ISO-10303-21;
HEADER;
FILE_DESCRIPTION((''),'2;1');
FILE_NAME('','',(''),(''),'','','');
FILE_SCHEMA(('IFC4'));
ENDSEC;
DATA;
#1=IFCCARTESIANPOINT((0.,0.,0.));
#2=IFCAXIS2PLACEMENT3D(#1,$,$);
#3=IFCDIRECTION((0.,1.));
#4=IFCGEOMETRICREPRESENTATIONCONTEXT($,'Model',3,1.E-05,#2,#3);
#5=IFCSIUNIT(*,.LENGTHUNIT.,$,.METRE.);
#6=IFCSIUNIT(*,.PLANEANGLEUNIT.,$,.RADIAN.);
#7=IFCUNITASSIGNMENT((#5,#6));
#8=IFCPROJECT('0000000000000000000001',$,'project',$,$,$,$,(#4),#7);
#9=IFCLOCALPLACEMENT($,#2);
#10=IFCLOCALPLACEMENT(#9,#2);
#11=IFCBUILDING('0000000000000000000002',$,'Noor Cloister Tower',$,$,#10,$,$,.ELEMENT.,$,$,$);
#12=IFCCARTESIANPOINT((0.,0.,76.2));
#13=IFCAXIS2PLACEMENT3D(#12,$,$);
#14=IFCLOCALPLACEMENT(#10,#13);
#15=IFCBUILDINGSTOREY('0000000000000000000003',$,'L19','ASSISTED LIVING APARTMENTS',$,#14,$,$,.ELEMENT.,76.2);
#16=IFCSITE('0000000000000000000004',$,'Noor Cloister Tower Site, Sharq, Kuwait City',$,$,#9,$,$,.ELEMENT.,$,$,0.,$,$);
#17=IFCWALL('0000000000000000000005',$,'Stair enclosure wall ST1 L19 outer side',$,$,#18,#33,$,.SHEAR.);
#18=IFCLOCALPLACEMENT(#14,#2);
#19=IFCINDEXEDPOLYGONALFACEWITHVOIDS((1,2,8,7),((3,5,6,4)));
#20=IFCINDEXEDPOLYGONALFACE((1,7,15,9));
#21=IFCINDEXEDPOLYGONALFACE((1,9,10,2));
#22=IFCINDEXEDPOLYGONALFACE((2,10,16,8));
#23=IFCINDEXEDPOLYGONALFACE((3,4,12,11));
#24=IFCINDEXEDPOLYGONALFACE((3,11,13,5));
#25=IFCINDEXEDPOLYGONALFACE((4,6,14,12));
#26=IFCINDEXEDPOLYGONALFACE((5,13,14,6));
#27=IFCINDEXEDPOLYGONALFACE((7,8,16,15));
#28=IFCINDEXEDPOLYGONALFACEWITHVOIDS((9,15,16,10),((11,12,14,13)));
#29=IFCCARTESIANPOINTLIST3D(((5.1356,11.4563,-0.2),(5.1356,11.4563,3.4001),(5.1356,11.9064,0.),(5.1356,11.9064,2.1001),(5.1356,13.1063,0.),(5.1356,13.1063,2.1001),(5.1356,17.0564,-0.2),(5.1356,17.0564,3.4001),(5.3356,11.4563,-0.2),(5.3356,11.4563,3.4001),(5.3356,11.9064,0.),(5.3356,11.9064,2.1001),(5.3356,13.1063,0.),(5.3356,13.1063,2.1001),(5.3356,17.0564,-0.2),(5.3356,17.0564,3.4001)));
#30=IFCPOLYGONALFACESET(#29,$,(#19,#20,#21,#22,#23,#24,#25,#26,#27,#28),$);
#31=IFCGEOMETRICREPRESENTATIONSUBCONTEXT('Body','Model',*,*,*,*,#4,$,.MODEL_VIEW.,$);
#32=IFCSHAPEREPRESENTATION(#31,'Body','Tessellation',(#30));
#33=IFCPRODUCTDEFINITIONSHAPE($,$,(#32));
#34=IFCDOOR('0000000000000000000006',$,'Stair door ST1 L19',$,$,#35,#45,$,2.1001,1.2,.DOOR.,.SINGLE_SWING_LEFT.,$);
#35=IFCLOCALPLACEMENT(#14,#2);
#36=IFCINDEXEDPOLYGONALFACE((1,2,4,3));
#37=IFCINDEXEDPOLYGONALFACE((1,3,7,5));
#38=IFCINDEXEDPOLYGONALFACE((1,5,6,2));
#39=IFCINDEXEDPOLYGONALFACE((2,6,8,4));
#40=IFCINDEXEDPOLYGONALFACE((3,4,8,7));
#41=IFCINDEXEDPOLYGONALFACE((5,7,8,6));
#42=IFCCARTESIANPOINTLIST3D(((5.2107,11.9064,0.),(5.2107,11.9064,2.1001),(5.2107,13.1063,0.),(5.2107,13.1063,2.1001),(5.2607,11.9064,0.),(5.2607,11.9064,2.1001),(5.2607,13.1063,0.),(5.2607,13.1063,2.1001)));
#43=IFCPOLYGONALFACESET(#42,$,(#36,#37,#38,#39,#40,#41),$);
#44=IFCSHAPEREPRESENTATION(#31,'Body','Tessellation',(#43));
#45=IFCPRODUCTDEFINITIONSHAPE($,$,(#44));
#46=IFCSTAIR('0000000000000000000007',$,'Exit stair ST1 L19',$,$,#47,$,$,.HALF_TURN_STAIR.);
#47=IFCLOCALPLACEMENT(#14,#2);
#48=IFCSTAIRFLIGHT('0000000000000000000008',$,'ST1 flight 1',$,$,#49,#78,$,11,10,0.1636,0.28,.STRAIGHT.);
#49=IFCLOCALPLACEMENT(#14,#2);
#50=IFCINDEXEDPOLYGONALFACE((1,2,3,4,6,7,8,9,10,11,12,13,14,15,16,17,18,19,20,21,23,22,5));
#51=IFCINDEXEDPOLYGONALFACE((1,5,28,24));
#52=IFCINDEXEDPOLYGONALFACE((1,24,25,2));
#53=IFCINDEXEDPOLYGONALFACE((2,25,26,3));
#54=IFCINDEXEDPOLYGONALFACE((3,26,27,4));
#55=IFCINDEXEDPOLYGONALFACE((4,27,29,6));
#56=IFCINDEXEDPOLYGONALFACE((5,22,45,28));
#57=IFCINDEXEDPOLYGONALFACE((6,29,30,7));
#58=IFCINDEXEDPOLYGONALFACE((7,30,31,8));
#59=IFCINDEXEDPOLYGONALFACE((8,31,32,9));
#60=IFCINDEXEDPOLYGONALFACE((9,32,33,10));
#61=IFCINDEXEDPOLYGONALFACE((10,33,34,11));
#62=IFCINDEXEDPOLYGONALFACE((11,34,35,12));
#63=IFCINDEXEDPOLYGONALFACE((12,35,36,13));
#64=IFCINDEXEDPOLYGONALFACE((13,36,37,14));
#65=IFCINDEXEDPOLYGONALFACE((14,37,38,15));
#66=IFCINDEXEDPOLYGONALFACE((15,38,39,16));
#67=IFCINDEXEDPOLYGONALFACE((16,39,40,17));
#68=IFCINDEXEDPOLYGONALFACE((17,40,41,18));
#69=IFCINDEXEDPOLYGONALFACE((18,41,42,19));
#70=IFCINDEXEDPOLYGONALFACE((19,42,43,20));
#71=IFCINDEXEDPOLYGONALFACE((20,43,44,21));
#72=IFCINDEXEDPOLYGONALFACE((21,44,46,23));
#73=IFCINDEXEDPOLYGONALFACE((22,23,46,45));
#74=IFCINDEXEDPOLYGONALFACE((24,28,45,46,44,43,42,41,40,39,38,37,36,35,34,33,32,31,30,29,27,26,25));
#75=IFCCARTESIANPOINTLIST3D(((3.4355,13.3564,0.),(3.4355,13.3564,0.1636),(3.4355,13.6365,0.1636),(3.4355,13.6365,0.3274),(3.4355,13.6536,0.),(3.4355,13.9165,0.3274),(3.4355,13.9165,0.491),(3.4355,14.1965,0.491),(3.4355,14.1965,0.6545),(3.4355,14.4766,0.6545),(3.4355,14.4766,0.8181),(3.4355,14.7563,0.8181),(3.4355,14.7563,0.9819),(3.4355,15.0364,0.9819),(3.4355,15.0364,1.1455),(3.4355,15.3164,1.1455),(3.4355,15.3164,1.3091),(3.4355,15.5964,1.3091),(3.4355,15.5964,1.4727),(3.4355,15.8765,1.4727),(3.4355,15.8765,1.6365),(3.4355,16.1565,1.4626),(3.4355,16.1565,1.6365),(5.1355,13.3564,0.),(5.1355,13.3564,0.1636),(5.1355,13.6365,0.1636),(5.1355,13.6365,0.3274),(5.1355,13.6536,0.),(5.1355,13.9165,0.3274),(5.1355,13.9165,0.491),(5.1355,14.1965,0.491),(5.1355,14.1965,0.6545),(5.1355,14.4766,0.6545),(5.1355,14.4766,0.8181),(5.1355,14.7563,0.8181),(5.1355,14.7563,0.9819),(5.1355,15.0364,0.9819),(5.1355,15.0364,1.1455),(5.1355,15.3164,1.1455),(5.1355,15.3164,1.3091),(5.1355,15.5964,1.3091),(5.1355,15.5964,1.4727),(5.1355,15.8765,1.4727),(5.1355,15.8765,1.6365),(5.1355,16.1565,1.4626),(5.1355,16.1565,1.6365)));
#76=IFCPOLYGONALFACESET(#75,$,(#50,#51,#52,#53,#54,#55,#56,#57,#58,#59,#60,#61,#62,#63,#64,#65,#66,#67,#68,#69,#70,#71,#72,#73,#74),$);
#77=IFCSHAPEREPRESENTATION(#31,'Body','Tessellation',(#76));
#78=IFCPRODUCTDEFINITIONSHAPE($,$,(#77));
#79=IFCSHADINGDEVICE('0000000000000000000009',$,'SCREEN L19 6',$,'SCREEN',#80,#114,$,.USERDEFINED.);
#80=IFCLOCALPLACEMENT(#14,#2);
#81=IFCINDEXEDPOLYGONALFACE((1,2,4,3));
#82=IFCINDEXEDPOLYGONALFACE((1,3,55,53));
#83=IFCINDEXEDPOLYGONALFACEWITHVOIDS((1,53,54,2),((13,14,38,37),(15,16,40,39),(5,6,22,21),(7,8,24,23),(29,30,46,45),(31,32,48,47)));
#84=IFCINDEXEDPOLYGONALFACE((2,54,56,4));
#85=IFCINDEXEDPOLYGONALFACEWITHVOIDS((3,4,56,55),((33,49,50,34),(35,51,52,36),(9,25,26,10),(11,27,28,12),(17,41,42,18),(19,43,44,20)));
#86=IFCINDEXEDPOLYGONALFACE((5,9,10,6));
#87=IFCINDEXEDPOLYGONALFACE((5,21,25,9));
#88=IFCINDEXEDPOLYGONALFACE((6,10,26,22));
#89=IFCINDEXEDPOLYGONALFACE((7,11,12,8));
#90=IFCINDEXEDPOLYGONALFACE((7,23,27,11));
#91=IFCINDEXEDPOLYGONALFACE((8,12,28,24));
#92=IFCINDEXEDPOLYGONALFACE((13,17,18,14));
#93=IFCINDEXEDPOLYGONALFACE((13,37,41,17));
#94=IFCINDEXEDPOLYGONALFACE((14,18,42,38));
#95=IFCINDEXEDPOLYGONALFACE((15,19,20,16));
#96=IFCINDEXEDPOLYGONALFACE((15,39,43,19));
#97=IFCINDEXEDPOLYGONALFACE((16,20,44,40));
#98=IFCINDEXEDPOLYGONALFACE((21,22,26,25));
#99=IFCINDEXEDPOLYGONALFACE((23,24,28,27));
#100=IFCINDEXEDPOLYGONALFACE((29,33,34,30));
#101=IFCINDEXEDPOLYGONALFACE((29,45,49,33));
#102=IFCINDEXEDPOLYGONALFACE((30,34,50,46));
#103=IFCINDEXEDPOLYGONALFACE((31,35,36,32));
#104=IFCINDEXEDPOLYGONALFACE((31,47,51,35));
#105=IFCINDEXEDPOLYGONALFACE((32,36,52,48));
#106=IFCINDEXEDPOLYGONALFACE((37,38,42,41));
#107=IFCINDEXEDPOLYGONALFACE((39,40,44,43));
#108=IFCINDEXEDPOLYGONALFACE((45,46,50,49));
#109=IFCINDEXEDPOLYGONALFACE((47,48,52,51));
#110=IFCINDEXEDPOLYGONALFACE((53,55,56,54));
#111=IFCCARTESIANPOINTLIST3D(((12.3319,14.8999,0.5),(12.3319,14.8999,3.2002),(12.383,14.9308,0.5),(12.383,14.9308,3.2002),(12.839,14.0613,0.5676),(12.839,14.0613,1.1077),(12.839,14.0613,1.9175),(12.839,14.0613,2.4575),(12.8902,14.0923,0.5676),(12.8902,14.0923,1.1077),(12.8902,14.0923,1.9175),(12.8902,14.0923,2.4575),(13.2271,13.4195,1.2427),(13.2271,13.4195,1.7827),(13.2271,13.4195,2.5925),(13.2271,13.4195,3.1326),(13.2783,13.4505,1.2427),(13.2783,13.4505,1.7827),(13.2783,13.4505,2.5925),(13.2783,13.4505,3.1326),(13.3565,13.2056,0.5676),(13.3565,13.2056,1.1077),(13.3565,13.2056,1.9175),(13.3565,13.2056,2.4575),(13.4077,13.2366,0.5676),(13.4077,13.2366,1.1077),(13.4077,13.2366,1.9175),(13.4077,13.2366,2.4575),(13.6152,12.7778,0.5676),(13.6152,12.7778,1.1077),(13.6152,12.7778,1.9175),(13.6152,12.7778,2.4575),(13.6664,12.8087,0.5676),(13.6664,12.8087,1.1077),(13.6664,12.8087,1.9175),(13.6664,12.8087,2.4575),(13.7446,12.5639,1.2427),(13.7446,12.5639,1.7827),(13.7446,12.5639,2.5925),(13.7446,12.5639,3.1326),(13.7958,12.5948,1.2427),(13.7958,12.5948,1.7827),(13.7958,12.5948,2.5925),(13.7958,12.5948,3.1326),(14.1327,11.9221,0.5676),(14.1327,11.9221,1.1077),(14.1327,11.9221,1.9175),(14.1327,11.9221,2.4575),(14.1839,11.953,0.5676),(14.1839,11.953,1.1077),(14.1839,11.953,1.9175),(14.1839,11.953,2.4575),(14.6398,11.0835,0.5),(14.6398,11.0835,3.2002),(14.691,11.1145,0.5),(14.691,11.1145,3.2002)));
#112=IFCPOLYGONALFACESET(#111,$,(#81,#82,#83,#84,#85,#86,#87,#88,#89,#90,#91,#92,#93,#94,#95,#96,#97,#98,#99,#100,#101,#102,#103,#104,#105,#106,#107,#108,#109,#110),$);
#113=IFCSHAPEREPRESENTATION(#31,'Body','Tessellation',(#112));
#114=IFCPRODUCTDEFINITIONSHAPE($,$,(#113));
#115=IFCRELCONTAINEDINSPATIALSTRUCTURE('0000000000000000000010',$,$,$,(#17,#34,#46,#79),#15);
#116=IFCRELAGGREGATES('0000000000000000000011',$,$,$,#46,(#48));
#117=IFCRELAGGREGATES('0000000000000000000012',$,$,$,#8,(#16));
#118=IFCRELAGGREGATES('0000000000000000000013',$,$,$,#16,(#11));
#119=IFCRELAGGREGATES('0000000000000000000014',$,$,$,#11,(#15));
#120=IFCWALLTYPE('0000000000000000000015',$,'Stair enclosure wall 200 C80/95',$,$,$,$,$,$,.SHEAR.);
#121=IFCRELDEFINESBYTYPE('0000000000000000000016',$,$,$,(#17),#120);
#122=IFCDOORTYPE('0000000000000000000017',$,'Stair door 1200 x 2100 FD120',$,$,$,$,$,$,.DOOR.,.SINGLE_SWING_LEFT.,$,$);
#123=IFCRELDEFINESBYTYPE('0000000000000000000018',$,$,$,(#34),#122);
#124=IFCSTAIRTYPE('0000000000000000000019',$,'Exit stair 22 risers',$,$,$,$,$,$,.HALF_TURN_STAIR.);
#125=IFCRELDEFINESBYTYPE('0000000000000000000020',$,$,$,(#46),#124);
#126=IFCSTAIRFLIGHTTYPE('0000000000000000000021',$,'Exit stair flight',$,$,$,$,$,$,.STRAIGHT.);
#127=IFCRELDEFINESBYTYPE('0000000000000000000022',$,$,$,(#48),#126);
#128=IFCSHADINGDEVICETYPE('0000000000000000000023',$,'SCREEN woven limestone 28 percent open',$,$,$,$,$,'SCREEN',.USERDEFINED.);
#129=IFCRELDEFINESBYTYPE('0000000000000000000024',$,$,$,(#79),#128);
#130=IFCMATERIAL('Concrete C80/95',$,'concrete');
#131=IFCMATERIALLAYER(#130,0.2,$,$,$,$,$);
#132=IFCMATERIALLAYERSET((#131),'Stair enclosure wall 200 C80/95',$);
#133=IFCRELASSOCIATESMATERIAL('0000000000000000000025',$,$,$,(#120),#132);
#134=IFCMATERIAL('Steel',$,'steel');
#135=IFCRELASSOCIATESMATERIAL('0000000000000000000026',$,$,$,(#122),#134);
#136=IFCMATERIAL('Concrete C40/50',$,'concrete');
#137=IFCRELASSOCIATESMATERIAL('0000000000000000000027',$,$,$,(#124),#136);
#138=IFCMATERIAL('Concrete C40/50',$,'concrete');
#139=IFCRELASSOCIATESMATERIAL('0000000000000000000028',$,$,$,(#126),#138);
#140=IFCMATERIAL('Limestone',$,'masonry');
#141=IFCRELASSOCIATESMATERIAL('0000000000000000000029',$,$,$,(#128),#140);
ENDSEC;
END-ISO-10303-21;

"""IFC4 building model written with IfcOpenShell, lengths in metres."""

from ifc_helpers import new_model, si_unit, direction, frame, frame_2d, origin, place, context, subcontext, project, spatial, polyline, rectangle, outline, extrude, material, layer, layer_set, material_profile, profile_set, type_object, element, fill, aggregate, save


model = new_model("IFC4")

# Units and contexts
model_context = context("Model", 3, precision=1e-05, world=origin(), true_north=direction((0.0, 1.0)))
body_context = subcontext(model_context, "Body", "Model", "MODEL_VIEW")
ifc_project = project(units=[si_unit("LENGTHUNIT", "METRE"), si_unit("PLANEANGLEUNIT", "RADIAN")], contexts=[model_context])

# Site, building, storey
site_placement = place(None, origin())
site = spatial("IfcSite", under=ifc_project, at=site_placement, Name="Noor Cloister Tower Site, Sharq, Kuwait City", CompositionType="ELEMENT", RefElevation=0.0)
building_placement = place(site_placement, origin())
building = spatial("IfcBuilding", under=site, at=building_placement, Name="Noor Cloister Tower", CompositionType="ELEMENT")
storey_placement = place(building_placement, frame((0.0, 0.0, 76.2)))
storey = spatial("IfcBuildingStorey", under=building, at=storey_placement, Name="L19", Description="ASSISTED LIVING APARTMENTS", CompositionType="ELEMENT", Elevation=76.2)

# Wall, opening, door
ifc_material_1 = material(Name="Concrete C80/95", Category="concrete")
ifc_layer_1 = layer(ifc_material_1, 0.2)
ifc_layer_set_1 = layer_set([ifc_layer_1], Name="Stair enclosure wall 200 C80/95")
wall_type_1 = type_object("IfcWallType", Name="Stair enclosure wall 200 C80/95", PredefinedType="SHEAR", material=ifc_layer_set_1)
ifc_material_2 = material(Name="Steel", Category="steel")
door_type_1 = type_object("IfcDoorType", Name="Stair door 1200 x 2100 FD120", OperationType="SINGLE_SWING_LEFT", PredefinedType="DOOR", material=ifc_material_2)
wall_1_placement = place(storey_placement, frame((5.2356, 11.4563, -0.2), z_axis=(0.0, 0.0, 1.0), x_axis=(0.0, 1.0, 0.0)))
wall_1 = element("IfcWall", 1, at=wall_1_placement, inside=storey, type_object=wall_type_1, Name="Stair enclosure wall ST1 L19 outer side", PredefinedType="SHEAR", context=body_context, shape_type="SweptSolid", body=[
    extrude(rectangle(XDim=5.6001, YDim=0.2, at=frame_2d((2.8, 0.0))), origin(), (0.0, 0.0, 1.0), 3.6001),
])
opening_1_placement = place(wall_1_placement, frame((0.45, 0.0, 0.2)))
opening_1 = element("IfcOpeningElement", 2, at=opening_1_placement, cuts=wall_1, PredefinedType="OPENING", context=body_context, shape_type="SweptSolid", body=[
    extrude(rectangle(XDim=1.2, YDim=2.1001, at=frame_2d((0.6001, 1.05))), frame((0.0, 0.1099, 0.0), z_axis=(0.0, -1.0, 0.0), x_axis=(1.0, 0.0, 0.0)), (0.0, 0.0, 1.0), 0.22),
])
door_1_placement = place(opening_1_placement, origin())
door_1 = element("IfcDoor", 3, at=door_1_placement, inside=storey, type_object=door_type_1, Name="Stair door ST1 L19", OperationType="SINGLE_SWING_LEFT", OverallHeight=2.1001, OverallWidth=1.2, PredefinedType="DOOR", context=body_context, shape_type="SweptSolid", body=[
    extrude(rectangle(XDim=1.2, YDim=2.1001, at=frame_2d((0.6001, 1.05))), frame((0.0, 0.0249, 0.0), z_axis=(0.0, -1.0, 0.0), x_axis=(1.0, 0.0, 0.0)), (0.0, 0.0, 1.0), 0.05),
])
fill(opening_1, door_1)

# Stair, stair flight
ifc_material_3 = material(Name="Concrete C40/50", Category="concrete")
stair_type = type_object("IfcStairType", Name="Exit stair 22 risers", PredefinedType="HALF_TURN_STAIR", material=ifc_material_3)
stair_placement = place(storey_placement, origin())
stair = element("IfcStair", 4, at=stair_placement, inside=storey, type_object=stair_type, Name="Exit stair ST1 L19", PredefinedType="HALF_TURN_STAIR")
ifc_material_4 = material(Name="Concrete C40/50", Category="concrete")
stair_flight_type = type_object("IfcStairFlightType", Name="Exit stair flight", PredefinedType="STRAIGHT", material=ifc_material_4)
stair_flight_placement = place(storey_placement, frame((4.2856, 13.3564, 0.0), z_axis=(0.0, 0.0, 1.0), x_axis=(0.0, 1.0, 0.0)))
stair_flight = element("IfcStairFlight", 5, at=stair_flight_placement, type_object=stair_flight_type, Name="ST1 flight 1", NumberOfRisers=11, NumberOfTreads=10, PredefinedType="STRAIGHT", RiserHeight=0.1636, TreadLength=0.28, context=body_context, shape_type="SweptSolid", body=[
    extrude(outline(polyline([(0.0, 0.0), (0.0, 0.1636), (0.28, 0.1636), (0.28, 0.3274), (0.5601, 0.3274), (0.5601, 0.491), (0.8401, 0.491), (0.8401, 0.6545), (1.1201, 0.6545), (1.1201, 0.8181), (1.3999, 0.8181), (1.3999, 0.9819), (1.6799, 0.9819), (1.6799, 1.1455), (1.96, 1.1455), (1.96, 1.3091), (2.24, 1.3091), (2.24, 1.4727), (2.52, 1.4727), (2.52, 1.6365), (2.8, 1.6365), (2.8, 1.8), (2.8, 1.4626), (0.2971, 0.0), (0.0, 0.0)])), frame((0.0, 0.8501, 0.0), z_axis=(0.0, -1.0, 0.0), x_axis=(1.0, 0.0, 0.0)), (0.0, 0.0, 1.0), 1.7),
])
aggregate(stair, [stair_flight])

# Shading device
ifc_material_5 = material(Name="Limestone", Category="masonry")
ifc_material_profile_1 = material_profile(ifc_material_5, outline(polyline([(-2.23, -1.3501), (2.23, -1.3501), (2.23, 1.3501), (-2.23, 1.3501), (-2.23, -1.3501)]), holes=[polyline([(-1.25, -1.2825), (-0.25, -1.2825), (-0.25, -0.7424), (-1.25, -0.7424), (-1.25, -1.2825)]), polyline([(0.25, -1.2825), (1.25, -1.2825), (1.25, -0.7424), (0.25, -0.7424), (0.25, -1.2825)]), polyline([(-0.5, -0.6074), (0.5, -0.6074), (0.5, -0.0674), (-0.5, -0.0674), (-0.5, -0.6074)]), polyline([(-1.25, 0.0674), (-0.25, 0.0674), (-0.25, 0.6074), (-1.25, 0.6074), (-1.25, 0.0674)]), polyline([(0.25, 0.0674), (1.25, 0.0674), (1.25, 0.6074), (0.25, 0.6074), (0.25, 0.0674)]), polyline([(-0.5, 0.7424), (0.5, 0.7424), (0.5, 1.2825), (-0.5, 1.2825), (-0.5, 0.7424)])]), Name="Woven screen 28 percent open")
ifc_profile_set_1 = profile_set([ifc_material_profile_1], Name="Limestone")
shading_device_type = type_object("IfcShadingDeviceType", Name="SCREEN woven limestone 28 percent open", ElementType="SCREEN", PredefinedType="USERDEFINED", material=ifc_profile_set_1)
shading_device_placement = place(storey_placement, frame((13.4858, 12.9917, 1.8501), z_axis=(0.85569, 0.517489, 0.0), x_axis=(-0.517489, 0.85569, 0.0)))
element("IfcShadingDevice", 6, at=shading_device_placement, inside=storey, type_object=shading_device_type, Name="SCREEN L19 6", ObjectType="SCREEN", PredefinedType="USERDEFINED", context=body_context, shape_type="SweptSolid", body=[
    extrude(outline(polyline([(-2.23, -1.3501), (2.23, -1.3501), (2.23, 1.3501), (-2.23, 1.3501), (-2.23, -1.3501)]), holes=[polyline([(-1.25, -1.2825), (-0.25, -1.2825), (-0.25, -0.7424), (-1.25, -0.7424), (-1.25, -1.2825)]), polyline([(0.25, -1.2825), (1.25, -1.2825), (1.25, -0.7424), (0.25, -0.7424), (0.25, -1.2825)]), polyline([(-0.5, -0.6074), (0.5, -0.6074), (0.5, -0.0674), (-0.5, -0.0674), (-0.5, -0.6074)]), polyline([(-1.25, 0.0674), (-0.25, 0.0674), (-0.25, 0.6074), (-1.25, 0.6074), (-1.25, 0.0674)]), polyline([(0.25, 0.0674), (1.25, 0.0674), (1.25, 0.6074), (0.25, 0.6074), (0.25, 0.0674)]), polyline([(-0.5, 0.7424), (0.5, 0.7424), (0.5, 1.2825), (-0.5, 1.2825), (-0.5, 0.7424)])]), origin(), (0.0, 0.0, 1.0), 0.0598),
])

save(model, "model.ifc")
